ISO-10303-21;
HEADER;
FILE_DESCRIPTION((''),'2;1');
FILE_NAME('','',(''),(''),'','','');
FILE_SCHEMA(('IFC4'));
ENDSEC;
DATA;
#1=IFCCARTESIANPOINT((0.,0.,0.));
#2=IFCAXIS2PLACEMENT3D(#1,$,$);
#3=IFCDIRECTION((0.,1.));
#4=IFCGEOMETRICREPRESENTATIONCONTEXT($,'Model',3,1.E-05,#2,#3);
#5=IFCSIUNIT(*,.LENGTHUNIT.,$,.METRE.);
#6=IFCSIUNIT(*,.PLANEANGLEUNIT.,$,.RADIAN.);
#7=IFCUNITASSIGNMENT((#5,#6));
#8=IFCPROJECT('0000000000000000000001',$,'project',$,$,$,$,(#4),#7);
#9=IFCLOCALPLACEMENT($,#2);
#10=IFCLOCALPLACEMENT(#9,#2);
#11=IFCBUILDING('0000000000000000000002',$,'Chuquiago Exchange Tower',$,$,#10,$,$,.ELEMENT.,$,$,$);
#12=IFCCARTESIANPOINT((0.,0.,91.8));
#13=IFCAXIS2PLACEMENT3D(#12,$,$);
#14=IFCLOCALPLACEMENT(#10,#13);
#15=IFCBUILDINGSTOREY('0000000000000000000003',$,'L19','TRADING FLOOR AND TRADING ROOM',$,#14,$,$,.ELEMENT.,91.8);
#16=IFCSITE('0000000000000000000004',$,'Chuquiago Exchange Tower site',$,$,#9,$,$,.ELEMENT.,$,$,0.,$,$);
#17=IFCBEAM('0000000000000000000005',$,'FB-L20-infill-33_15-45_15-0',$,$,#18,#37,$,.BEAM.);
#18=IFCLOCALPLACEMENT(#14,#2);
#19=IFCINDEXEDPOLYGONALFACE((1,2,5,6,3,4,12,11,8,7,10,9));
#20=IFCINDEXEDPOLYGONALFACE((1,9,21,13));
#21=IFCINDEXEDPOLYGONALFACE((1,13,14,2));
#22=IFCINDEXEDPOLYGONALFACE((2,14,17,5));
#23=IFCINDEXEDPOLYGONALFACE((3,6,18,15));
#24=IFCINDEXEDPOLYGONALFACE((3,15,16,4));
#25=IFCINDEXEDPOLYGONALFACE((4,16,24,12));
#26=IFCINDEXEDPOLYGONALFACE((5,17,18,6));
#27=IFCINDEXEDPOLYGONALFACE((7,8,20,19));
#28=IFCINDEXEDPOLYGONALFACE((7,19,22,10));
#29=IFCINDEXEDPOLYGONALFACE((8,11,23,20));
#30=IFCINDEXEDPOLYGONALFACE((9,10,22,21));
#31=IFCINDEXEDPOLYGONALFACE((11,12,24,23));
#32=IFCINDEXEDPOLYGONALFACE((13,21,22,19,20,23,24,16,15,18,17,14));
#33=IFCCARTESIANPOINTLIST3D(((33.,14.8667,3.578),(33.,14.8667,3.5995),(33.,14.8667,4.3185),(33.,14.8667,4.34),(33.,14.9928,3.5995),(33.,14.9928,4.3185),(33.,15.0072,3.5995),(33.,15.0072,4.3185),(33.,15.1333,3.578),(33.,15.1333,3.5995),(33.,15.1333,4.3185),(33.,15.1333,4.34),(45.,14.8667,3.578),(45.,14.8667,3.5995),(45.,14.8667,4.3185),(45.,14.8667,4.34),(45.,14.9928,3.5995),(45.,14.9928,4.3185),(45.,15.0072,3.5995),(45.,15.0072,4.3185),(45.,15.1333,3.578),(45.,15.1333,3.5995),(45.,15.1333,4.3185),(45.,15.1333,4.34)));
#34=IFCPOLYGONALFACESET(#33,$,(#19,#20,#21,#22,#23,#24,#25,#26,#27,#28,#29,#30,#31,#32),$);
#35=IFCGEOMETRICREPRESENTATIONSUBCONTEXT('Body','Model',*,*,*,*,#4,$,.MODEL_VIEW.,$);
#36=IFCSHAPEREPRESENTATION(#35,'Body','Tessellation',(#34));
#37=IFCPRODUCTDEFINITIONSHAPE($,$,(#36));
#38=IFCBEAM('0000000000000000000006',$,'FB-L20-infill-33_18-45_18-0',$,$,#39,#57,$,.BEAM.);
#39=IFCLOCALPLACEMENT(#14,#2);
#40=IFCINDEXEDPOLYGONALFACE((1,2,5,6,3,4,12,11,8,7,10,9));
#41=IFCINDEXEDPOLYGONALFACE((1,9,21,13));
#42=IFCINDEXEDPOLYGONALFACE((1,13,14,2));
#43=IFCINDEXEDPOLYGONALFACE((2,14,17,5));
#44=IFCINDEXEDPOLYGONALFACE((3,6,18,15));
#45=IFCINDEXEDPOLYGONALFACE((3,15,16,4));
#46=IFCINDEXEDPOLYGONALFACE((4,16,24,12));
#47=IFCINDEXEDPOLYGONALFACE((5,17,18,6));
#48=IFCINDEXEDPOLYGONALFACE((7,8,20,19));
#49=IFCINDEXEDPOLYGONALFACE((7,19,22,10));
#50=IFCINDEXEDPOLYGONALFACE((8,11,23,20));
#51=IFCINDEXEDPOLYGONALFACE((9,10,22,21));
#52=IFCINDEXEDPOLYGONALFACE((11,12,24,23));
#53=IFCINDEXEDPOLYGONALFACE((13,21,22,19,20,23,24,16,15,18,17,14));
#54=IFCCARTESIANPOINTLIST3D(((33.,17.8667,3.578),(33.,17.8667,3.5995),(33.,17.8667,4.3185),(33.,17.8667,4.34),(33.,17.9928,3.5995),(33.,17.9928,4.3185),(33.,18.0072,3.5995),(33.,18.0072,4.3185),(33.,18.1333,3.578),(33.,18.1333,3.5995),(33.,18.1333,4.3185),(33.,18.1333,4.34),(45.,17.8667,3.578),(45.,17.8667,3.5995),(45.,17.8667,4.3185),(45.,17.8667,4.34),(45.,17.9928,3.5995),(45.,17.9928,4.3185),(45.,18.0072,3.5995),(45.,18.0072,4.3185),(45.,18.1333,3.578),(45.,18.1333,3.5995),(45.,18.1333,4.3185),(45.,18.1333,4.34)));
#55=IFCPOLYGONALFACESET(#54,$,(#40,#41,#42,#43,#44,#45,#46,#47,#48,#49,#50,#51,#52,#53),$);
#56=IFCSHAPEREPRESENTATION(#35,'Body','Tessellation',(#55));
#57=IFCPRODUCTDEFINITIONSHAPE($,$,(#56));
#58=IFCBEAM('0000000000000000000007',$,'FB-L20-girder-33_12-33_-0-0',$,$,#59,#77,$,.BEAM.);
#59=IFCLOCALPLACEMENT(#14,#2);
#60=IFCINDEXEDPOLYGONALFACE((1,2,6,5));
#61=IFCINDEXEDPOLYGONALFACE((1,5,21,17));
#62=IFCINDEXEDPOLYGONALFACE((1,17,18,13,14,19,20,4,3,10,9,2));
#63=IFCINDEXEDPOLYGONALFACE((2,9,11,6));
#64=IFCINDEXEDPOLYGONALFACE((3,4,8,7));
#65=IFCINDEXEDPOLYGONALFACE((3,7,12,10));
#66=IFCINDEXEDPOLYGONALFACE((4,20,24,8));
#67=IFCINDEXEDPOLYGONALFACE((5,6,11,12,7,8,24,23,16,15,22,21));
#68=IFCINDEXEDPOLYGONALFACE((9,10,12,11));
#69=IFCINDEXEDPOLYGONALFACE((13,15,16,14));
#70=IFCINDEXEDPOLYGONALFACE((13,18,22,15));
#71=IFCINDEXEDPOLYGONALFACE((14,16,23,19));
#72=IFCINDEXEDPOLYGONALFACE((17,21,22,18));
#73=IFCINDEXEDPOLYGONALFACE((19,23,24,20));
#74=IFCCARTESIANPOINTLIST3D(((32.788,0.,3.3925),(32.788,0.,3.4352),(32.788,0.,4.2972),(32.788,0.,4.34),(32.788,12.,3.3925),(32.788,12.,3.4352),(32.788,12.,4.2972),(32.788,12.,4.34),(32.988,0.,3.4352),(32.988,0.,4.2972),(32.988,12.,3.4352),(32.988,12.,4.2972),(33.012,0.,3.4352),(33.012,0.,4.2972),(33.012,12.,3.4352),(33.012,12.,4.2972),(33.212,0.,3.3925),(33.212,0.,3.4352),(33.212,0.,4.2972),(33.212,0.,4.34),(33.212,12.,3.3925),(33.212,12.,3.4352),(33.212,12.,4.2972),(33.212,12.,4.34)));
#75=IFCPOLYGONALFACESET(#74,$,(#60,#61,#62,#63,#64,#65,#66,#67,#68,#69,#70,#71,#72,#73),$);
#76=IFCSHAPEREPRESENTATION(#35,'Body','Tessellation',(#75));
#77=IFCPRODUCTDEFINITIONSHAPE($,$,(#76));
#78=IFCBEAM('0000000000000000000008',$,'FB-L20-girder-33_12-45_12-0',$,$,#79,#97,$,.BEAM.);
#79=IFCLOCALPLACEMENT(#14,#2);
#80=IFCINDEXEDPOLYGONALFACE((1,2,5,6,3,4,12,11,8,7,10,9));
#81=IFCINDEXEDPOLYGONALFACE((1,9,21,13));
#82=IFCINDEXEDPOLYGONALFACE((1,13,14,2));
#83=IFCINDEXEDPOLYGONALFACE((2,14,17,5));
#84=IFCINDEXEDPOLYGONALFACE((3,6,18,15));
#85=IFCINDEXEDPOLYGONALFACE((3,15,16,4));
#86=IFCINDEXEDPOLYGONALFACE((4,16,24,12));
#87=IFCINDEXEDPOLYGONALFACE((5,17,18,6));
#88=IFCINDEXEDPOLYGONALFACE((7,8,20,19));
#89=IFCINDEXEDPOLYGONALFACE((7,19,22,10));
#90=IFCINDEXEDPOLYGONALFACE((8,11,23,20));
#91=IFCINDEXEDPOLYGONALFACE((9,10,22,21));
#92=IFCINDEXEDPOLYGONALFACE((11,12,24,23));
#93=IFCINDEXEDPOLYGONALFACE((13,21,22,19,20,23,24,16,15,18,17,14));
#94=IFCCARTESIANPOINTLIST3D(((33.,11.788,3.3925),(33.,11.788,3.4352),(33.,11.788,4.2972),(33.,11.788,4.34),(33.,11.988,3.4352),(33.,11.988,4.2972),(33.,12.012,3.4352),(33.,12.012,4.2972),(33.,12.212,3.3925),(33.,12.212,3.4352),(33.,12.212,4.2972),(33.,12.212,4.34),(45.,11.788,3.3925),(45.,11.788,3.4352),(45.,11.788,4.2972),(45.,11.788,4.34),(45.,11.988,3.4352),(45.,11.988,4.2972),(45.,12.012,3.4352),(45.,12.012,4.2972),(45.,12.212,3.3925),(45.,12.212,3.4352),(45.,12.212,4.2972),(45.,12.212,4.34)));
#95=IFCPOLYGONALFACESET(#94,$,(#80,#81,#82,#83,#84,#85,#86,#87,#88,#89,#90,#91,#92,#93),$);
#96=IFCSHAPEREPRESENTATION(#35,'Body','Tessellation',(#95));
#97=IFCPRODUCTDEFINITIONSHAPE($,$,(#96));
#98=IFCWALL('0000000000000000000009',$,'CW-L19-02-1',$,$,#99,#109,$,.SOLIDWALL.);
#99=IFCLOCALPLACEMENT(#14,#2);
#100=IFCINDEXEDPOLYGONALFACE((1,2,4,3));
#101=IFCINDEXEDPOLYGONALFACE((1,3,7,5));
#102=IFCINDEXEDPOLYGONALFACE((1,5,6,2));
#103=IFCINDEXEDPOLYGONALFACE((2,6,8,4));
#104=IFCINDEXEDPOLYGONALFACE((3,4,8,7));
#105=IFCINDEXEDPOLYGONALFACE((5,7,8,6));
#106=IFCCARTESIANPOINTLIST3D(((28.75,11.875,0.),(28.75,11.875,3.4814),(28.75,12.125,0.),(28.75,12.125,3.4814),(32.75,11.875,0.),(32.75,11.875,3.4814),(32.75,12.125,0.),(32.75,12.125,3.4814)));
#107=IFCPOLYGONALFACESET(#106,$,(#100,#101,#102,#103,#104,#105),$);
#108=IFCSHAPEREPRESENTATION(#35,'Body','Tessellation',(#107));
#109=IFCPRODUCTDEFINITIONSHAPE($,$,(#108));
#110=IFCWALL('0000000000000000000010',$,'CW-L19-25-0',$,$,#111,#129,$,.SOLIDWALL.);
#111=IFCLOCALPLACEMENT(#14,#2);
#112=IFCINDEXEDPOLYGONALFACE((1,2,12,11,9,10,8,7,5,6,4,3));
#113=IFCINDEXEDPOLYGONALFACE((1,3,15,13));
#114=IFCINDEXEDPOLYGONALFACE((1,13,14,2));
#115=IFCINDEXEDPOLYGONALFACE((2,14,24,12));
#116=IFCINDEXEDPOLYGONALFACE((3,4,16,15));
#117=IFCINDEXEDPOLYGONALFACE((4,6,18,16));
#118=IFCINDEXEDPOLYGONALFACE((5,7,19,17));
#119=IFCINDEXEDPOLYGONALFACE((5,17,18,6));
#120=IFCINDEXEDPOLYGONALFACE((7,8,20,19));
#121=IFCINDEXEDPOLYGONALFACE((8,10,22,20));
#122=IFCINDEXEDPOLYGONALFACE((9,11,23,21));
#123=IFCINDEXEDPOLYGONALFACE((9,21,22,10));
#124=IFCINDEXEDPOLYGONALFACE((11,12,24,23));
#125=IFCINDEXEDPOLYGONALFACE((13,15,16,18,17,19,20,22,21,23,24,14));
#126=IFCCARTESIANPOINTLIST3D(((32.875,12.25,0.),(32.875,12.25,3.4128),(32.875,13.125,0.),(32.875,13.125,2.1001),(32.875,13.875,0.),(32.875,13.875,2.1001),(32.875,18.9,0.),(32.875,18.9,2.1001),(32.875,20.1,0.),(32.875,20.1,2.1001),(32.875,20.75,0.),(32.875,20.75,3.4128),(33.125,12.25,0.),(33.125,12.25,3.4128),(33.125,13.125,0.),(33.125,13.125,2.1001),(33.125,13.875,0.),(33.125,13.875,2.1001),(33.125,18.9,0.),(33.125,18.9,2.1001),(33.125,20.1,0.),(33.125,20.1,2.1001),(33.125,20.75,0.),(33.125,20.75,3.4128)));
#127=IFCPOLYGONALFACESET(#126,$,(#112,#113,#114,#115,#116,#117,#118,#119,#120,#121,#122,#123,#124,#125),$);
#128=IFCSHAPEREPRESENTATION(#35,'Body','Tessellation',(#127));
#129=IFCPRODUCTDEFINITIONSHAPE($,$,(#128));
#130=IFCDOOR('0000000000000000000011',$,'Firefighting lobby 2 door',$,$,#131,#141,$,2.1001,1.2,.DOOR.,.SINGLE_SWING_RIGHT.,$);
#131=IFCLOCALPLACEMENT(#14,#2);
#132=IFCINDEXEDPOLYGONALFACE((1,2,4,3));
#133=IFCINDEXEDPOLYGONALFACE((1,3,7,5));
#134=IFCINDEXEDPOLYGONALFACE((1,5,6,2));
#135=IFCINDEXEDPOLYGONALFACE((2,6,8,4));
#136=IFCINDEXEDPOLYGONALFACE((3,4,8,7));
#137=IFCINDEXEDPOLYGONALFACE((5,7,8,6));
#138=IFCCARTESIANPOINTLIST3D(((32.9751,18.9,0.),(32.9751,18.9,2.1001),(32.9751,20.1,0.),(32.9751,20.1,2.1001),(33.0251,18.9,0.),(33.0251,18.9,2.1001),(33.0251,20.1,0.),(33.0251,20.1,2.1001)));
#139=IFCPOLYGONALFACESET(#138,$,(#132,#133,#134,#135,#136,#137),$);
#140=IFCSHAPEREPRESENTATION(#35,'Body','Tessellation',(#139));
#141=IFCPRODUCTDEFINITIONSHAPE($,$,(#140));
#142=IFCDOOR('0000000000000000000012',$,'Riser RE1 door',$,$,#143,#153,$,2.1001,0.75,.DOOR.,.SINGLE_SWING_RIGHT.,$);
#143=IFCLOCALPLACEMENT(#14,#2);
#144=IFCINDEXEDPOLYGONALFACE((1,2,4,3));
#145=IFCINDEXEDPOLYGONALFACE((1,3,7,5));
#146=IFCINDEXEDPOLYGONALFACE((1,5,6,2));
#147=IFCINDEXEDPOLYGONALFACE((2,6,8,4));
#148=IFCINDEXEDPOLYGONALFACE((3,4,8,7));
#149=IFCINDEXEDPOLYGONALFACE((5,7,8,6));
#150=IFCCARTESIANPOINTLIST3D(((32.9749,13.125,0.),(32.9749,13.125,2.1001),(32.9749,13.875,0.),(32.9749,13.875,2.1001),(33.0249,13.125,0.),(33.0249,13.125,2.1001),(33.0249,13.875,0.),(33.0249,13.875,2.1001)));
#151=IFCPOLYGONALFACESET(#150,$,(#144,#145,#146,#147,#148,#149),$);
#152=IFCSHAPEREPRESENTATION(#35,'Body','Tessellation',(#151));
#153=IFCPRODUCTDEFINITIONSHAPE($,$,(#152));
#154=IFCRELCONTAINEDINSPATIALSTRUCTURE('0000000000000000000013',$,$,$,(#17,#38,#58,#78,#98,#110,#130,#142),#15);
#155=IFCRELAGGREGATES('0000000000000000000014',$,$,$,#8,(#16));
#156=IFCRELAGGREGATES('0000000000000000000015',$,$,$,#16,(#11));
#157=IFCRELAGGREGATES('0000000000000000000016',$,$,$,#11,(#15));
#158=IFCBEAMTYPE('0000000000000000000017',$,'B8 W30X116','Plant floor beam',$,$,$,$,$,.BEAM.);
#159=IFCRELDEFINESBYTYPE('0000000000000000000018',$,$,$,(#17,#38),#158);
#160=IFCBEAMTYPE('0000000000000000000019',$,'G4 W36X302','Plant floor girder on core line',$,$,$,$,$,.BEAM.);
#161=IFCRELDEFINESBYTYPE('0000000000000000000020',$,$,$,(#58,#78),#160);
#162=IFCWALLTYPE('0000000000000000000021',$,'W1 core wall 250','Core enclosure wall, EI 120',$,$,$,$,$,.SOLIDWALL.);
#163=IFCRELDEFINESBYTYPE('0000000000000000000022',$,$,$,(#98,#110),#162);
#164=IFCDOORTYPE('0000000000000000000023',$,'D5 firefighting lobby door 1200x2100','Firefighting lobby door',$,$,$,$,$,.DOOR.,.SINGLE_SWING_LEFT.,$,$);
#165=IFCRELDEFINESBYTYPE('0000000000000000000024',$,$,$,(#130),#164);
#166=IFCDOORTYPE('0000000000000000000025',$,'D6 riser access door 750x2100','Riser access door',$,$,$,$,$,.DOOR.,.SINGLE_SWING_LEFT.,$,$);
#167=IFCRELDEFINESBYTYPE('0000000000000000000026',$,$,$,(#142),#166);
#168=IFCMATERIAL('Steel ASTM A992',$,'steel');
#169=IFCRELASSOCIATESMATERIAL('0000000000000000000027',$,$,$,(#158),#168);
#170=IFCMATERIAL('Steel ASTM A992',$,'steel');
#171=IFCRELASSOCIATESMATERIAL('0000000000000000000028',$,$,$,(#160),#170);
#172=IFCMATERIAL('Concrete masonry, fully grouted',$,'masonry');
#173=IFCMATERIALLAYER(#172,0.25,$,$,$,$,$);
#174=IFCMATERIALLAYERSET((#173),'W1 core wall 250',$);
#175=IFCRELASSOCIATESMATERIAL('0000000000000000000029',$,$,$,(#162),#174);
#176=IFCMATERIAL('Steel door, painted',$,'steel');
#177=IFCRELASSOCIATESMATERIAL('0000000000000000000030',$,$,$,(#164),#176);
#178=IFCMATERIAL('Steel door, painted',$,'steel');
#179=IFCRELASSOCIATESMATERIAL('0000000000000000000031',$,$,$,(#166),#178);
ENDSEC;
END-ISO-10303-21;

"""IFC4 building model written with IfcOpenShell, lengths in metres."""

from ifc_helpers import new_model, si_unit, direction, frame, frame_2d, origin, origin_2d, place, context, subcontext, project, spatial, rectangle, i_section, extrude, material, layer, layer_set, material_profile, profile_set, type_object, element, fill, save


model = new_model("IFC4")

# Units and contexts
model_context = context("Model", 3, precision=1e-05, world=origin(), true_north=direction((0.0, 1.0)))
body_context = subcontext(model_context, "Body", "Model", "MODEL_VIEW")
ifc_project = project(units=[si_unit("LENGTHUNIT", "METRE"), si_unit("PLANEANGLEUNIT", "RADIAN")], contexts=[model_context])

# Site, building, storey
site_placement = place(None, origin())
site = spatial("IfcSite", under=ifc_project, at=site_placement, Name="Chuquiago Exchange Tower site", CompositionType="ELEMENT", RefElevation=0.0)
building_placement = place(site_placement, origin())
building = spatial("IfcBuilding", under=site, at=building_placement, Name="Chuquiago Exchange Tower", CompositionType="ELEMENT")
storey_placement = place(building_placement, frame((0.0, 0.0, 91.8)))
storey = spatial("IfcBuildingStorey", under=building, at=storey_placement, Name="L19", Description="TRADING FLOOR AND TRADING ROOM", CompositionType="ELEMENT", Elevation=91.8)

# Beams
ifc_material_1 = material(Name="Steel ASTM A992", Category="steel")
ifc_material_profile_1 = material_profile(ifc_material_1, i_section(OverallWidth=0.2666, OverallDepth=0.762, WebThickness=0.0144, FlangeThickness=0.0215, at=origin_2d()), Name="W30X116")
ifc_profile_set_1 = profile_set([ifc_material_profile_1], Name="Steel ASTM A992")
beam_type_1 = type_object("IfcBeamType", Name="B8 W30X116", Description="Plant floor beam", PredefinedType="BEAM", material=ifc_profile_set_1)
for number, where, z_axis, x_axis, name in (
    (1, (33.0, 15.0, 3.959), (1.0, 0.0, 0.0), (0.0, 1.0, 0.0), "FB-L20-infill-33_15-45_15-0"),
    (2, (33.0, 18.0, 3.959), (1.0, 0.0, 0.0), (0.0, 1.0, 0.0), "FB-L20-infill-33_18-45_18-0"),
):
    element("IfcBeam", number, at=place(storey_placement, frame(where, z_axis=z_axis, x_axis=x_axis)), inside=storey, type_object=beam_type_1, Name=name, PredefinedType="BEAM", context=body_context, shape_type="SweptSolid", body=[
        extrude(i_section(OverallWidth=0.2666, OverallDepth=0.762, WebThickness=0.0144, FlangeThickness=0.0215, at=origin_2d()), origin(), (0.0, 0.0, 1.0), 12.0),
    ])
ifc_material_2 = material(Name="Steel ASTM A992", Category="steel")
ifc_material_profile_2 = material_profile(ifc_material_2, i_section(OverallWidth=0.4241, OverallDepth=0.9475, WebThickness=0.0239, FlangeThickness=0.0427, at=origin_2d()), Name="W36X302")
ifc_profile_set_2 = profile_set([ifc_material_profile_2], Name="Steel ASTM A992")
beam_type_2 = type_object("IfcBeamType", Name="G4 W36X302", Description="Plant floor girder on core line", PredefinedType="BEAM", material=ifc_profile_set_2)
for number, where, z_axis, x_axis, name in (
    (3, (33.0, 12.0, 3.8662), (0.0, -1.0, 0.0), (1.0, 0.0, 0.0), "FB-L20-girder-33_12-33_-0-0"),
    (4, (33.0, 12.0, 3.8662), (1.0, 0.0, 0.0), (0.0, 1.0, 0.0), "FB-L20-girder-33_12-45_12-0"),
):
    element("IfcBeam", number, at=place(storey_placement, frame(where, z_axis=z_axis, x_axis=x_axis)), inside=storey, type_object=beam_type_2, Name=name, PredefinedType="BEAM", context=body_context, shape_type="SweptSolid", body=[
        extrude(i_section(OverallWidth=0.4241, OverallDepth=0.9475, WebThickness=0.0239, FlangeThickness=0.0427, at=origin_2d()), origin(), (0.0, 0.0, 1.0), 12.0),
    ])

# Wall
ifc_material_3 = material(Name="Concrete masonry, fully grouted", Category="masonry")
ifc_layer_1 = layer(ifc_material_3, 0.25)
ifc_layer_set_1 = layer_set([ifc_layer_1], Name="W1 core wall 250")
wall_type_1 = type_object("IfcWallType", Name="W1 core wall 250", Description="Core enclosure wall, EI 120", PredefinedType="SOLIDWALL", material=ifc_layer_set_1)
wall_1_placement = place(storey_placement, frame((28.75, 12.0, 0.0), z_axis=(0.0, 0.0, 1.0), x_axis=(1.0, 0.0, 0.0)))
element("IfcWall", 5, at=wall_1_placement, inside=storey, type_object=wall_type_1, Name="CW-L19-02-1", PredefinedType="SOLIDWALL", context=body_context, shape_type="SweptSolid", body=[
    extrude(rectangle(XDim=4.0, YDim=0.25, at=frame_2d((2.0, 0.0))), origin(), (0.0, 0.0, 1.0), 3.4814),
])

# Wall, openings, doors
wall_2_placement = place(storey_placement, frame((33.0, 12.25, 0.0), z_axis=(0.0, 0.0, 1.0), x_axis=(0.0, 1.0, 0.0)))
wall_2 = element("IfcWall", 6, at=wall_2_placement, inside=storey, type_object=wall_type_1, Name="CW-L19-25-0", PredefinedType="SOLIDWALL", context=body_context, shape_type="SweptSolid", body=[
    extrude(rectangle(XDim=8.5, YDim=0.25, at=frame_2d((4.25, 0.0))), origin(), (0.0, 0.0, 1.0), 3.4128),
])
opening_1_placement = place(wall_2_placement, frame((6.6499, 0.0, 0.0)))
opening_1 = element("IfcOpeningElement", 7, at=opening_1_placement, cuts=wall_2, PredefinedType="OPENING", context=body_context, shape_type="SweptSolid", body=[
    extrude(rectangle(XDim=1.2, YDim=2.1001, at=frame_2d((0.6001, 1.05))), frame((0.0, 0.135, 0.0), z_axis=(0.0, -1.0, 0.0), x_axis=(1.0, 0.0, 0.0)), (0.0, 0.0, 1.0), 0.27),
])
opening_2_placement = place(wall_2_placement, frame((0.875, 0.0, 0.0)))
opening_2 = element("IfcOpeningElement", 8, at=opening_2_placement, cuts=wall_2, PredefinedType="OPENING", context=body_context, shape_type="SweptSolid", body=[
    extrude(rectangle(XDim=0.75, YDim=2.1001, at=frame_2d((0.375, 1.05))), frame((0.0, 0.135, 0.0), z_axis=(0.0, -1.0, 0.0), x_axis=(1.0, 0.0, 0.0)), (0.0, 0.0, 1.0), 0.27),
])
ifc_material_4 = material(Name="Steel door, painted", Category="steel")
door_type_1 = type_object("IfcDoorType", Name="D5 firefighting lobby door 1200x2100", Description="Firefighting lobby door", OperationType="SINGLE_SWING_LEFT", PredefinedType="DOOR", material=ifc_material_4)
door_1_placement = place(opening_1_placement, origin())
door_1 = element("IfcDoor", 9, at=door_1_placement, inside=storey, type_object=door_type_1, Name="Firefighting lobby 2 door", OperationType="SINGLE_SWING_RIGHT", OverallHeight=2.1001, OverallWidth=1.2, PredefinedType="DOOR", context=body_context, shape_type="SweptSolid", body=[
    extrude(rectangle(XDim=1.2, YDim=2.1001, at=frame_2d((0.6001, 1.05))), frame((0.0, 0.0249, 0.0), z_axis=(0.0, -1.0, 0.0), x_axis=(1.0, 0.0, 0.0)), (0.0, 0.0, 1.0), 0.05),
])
fill(opening_1, door_1)
ifc_material_5 = material(Name="Steel door, painted", Category="steel")
door_type_2 = type_object("IfcDoorType", Name="D6 riser access door 750x2100", Description="Riser access door", OperationType="SINGLE_SWING_LEFT", PredefinedType="DOOR", material=ifc_material_5)
door_2_placement = place(opening_2_placement, frame((0.75, 0.0, 0.0), z_axis=(0.0, 0.0, 1.0), x_axis=(-1.0, 0.0, 0.0)))
door_2 = element("IfcDoor", 10, at=door_2_placement, inside=storey, type_object=door_type_2, Name="Riser RE1 door", OperationType="SINGLE_SWING_RIGHT", OverallHeight=2.1001, OverallWidth=0.75, PredefinedType="DOOR", context=body_context, shape_type="SweptSolid", body=[
    extrude(rectangle(XDim=0.75, YDim=2.1001, at=frame_2d((0.375, 1.05))), frame((0.0, 0.0249, 0.0), z_axis=(0.0, -1.0, 0.0), x_axis=(1.0, 0.0, 0.0)), (0.0, 0.0, 1.0), 0.05),
])
fill(opening_2, door_2)

save(model, "model.ifc")
